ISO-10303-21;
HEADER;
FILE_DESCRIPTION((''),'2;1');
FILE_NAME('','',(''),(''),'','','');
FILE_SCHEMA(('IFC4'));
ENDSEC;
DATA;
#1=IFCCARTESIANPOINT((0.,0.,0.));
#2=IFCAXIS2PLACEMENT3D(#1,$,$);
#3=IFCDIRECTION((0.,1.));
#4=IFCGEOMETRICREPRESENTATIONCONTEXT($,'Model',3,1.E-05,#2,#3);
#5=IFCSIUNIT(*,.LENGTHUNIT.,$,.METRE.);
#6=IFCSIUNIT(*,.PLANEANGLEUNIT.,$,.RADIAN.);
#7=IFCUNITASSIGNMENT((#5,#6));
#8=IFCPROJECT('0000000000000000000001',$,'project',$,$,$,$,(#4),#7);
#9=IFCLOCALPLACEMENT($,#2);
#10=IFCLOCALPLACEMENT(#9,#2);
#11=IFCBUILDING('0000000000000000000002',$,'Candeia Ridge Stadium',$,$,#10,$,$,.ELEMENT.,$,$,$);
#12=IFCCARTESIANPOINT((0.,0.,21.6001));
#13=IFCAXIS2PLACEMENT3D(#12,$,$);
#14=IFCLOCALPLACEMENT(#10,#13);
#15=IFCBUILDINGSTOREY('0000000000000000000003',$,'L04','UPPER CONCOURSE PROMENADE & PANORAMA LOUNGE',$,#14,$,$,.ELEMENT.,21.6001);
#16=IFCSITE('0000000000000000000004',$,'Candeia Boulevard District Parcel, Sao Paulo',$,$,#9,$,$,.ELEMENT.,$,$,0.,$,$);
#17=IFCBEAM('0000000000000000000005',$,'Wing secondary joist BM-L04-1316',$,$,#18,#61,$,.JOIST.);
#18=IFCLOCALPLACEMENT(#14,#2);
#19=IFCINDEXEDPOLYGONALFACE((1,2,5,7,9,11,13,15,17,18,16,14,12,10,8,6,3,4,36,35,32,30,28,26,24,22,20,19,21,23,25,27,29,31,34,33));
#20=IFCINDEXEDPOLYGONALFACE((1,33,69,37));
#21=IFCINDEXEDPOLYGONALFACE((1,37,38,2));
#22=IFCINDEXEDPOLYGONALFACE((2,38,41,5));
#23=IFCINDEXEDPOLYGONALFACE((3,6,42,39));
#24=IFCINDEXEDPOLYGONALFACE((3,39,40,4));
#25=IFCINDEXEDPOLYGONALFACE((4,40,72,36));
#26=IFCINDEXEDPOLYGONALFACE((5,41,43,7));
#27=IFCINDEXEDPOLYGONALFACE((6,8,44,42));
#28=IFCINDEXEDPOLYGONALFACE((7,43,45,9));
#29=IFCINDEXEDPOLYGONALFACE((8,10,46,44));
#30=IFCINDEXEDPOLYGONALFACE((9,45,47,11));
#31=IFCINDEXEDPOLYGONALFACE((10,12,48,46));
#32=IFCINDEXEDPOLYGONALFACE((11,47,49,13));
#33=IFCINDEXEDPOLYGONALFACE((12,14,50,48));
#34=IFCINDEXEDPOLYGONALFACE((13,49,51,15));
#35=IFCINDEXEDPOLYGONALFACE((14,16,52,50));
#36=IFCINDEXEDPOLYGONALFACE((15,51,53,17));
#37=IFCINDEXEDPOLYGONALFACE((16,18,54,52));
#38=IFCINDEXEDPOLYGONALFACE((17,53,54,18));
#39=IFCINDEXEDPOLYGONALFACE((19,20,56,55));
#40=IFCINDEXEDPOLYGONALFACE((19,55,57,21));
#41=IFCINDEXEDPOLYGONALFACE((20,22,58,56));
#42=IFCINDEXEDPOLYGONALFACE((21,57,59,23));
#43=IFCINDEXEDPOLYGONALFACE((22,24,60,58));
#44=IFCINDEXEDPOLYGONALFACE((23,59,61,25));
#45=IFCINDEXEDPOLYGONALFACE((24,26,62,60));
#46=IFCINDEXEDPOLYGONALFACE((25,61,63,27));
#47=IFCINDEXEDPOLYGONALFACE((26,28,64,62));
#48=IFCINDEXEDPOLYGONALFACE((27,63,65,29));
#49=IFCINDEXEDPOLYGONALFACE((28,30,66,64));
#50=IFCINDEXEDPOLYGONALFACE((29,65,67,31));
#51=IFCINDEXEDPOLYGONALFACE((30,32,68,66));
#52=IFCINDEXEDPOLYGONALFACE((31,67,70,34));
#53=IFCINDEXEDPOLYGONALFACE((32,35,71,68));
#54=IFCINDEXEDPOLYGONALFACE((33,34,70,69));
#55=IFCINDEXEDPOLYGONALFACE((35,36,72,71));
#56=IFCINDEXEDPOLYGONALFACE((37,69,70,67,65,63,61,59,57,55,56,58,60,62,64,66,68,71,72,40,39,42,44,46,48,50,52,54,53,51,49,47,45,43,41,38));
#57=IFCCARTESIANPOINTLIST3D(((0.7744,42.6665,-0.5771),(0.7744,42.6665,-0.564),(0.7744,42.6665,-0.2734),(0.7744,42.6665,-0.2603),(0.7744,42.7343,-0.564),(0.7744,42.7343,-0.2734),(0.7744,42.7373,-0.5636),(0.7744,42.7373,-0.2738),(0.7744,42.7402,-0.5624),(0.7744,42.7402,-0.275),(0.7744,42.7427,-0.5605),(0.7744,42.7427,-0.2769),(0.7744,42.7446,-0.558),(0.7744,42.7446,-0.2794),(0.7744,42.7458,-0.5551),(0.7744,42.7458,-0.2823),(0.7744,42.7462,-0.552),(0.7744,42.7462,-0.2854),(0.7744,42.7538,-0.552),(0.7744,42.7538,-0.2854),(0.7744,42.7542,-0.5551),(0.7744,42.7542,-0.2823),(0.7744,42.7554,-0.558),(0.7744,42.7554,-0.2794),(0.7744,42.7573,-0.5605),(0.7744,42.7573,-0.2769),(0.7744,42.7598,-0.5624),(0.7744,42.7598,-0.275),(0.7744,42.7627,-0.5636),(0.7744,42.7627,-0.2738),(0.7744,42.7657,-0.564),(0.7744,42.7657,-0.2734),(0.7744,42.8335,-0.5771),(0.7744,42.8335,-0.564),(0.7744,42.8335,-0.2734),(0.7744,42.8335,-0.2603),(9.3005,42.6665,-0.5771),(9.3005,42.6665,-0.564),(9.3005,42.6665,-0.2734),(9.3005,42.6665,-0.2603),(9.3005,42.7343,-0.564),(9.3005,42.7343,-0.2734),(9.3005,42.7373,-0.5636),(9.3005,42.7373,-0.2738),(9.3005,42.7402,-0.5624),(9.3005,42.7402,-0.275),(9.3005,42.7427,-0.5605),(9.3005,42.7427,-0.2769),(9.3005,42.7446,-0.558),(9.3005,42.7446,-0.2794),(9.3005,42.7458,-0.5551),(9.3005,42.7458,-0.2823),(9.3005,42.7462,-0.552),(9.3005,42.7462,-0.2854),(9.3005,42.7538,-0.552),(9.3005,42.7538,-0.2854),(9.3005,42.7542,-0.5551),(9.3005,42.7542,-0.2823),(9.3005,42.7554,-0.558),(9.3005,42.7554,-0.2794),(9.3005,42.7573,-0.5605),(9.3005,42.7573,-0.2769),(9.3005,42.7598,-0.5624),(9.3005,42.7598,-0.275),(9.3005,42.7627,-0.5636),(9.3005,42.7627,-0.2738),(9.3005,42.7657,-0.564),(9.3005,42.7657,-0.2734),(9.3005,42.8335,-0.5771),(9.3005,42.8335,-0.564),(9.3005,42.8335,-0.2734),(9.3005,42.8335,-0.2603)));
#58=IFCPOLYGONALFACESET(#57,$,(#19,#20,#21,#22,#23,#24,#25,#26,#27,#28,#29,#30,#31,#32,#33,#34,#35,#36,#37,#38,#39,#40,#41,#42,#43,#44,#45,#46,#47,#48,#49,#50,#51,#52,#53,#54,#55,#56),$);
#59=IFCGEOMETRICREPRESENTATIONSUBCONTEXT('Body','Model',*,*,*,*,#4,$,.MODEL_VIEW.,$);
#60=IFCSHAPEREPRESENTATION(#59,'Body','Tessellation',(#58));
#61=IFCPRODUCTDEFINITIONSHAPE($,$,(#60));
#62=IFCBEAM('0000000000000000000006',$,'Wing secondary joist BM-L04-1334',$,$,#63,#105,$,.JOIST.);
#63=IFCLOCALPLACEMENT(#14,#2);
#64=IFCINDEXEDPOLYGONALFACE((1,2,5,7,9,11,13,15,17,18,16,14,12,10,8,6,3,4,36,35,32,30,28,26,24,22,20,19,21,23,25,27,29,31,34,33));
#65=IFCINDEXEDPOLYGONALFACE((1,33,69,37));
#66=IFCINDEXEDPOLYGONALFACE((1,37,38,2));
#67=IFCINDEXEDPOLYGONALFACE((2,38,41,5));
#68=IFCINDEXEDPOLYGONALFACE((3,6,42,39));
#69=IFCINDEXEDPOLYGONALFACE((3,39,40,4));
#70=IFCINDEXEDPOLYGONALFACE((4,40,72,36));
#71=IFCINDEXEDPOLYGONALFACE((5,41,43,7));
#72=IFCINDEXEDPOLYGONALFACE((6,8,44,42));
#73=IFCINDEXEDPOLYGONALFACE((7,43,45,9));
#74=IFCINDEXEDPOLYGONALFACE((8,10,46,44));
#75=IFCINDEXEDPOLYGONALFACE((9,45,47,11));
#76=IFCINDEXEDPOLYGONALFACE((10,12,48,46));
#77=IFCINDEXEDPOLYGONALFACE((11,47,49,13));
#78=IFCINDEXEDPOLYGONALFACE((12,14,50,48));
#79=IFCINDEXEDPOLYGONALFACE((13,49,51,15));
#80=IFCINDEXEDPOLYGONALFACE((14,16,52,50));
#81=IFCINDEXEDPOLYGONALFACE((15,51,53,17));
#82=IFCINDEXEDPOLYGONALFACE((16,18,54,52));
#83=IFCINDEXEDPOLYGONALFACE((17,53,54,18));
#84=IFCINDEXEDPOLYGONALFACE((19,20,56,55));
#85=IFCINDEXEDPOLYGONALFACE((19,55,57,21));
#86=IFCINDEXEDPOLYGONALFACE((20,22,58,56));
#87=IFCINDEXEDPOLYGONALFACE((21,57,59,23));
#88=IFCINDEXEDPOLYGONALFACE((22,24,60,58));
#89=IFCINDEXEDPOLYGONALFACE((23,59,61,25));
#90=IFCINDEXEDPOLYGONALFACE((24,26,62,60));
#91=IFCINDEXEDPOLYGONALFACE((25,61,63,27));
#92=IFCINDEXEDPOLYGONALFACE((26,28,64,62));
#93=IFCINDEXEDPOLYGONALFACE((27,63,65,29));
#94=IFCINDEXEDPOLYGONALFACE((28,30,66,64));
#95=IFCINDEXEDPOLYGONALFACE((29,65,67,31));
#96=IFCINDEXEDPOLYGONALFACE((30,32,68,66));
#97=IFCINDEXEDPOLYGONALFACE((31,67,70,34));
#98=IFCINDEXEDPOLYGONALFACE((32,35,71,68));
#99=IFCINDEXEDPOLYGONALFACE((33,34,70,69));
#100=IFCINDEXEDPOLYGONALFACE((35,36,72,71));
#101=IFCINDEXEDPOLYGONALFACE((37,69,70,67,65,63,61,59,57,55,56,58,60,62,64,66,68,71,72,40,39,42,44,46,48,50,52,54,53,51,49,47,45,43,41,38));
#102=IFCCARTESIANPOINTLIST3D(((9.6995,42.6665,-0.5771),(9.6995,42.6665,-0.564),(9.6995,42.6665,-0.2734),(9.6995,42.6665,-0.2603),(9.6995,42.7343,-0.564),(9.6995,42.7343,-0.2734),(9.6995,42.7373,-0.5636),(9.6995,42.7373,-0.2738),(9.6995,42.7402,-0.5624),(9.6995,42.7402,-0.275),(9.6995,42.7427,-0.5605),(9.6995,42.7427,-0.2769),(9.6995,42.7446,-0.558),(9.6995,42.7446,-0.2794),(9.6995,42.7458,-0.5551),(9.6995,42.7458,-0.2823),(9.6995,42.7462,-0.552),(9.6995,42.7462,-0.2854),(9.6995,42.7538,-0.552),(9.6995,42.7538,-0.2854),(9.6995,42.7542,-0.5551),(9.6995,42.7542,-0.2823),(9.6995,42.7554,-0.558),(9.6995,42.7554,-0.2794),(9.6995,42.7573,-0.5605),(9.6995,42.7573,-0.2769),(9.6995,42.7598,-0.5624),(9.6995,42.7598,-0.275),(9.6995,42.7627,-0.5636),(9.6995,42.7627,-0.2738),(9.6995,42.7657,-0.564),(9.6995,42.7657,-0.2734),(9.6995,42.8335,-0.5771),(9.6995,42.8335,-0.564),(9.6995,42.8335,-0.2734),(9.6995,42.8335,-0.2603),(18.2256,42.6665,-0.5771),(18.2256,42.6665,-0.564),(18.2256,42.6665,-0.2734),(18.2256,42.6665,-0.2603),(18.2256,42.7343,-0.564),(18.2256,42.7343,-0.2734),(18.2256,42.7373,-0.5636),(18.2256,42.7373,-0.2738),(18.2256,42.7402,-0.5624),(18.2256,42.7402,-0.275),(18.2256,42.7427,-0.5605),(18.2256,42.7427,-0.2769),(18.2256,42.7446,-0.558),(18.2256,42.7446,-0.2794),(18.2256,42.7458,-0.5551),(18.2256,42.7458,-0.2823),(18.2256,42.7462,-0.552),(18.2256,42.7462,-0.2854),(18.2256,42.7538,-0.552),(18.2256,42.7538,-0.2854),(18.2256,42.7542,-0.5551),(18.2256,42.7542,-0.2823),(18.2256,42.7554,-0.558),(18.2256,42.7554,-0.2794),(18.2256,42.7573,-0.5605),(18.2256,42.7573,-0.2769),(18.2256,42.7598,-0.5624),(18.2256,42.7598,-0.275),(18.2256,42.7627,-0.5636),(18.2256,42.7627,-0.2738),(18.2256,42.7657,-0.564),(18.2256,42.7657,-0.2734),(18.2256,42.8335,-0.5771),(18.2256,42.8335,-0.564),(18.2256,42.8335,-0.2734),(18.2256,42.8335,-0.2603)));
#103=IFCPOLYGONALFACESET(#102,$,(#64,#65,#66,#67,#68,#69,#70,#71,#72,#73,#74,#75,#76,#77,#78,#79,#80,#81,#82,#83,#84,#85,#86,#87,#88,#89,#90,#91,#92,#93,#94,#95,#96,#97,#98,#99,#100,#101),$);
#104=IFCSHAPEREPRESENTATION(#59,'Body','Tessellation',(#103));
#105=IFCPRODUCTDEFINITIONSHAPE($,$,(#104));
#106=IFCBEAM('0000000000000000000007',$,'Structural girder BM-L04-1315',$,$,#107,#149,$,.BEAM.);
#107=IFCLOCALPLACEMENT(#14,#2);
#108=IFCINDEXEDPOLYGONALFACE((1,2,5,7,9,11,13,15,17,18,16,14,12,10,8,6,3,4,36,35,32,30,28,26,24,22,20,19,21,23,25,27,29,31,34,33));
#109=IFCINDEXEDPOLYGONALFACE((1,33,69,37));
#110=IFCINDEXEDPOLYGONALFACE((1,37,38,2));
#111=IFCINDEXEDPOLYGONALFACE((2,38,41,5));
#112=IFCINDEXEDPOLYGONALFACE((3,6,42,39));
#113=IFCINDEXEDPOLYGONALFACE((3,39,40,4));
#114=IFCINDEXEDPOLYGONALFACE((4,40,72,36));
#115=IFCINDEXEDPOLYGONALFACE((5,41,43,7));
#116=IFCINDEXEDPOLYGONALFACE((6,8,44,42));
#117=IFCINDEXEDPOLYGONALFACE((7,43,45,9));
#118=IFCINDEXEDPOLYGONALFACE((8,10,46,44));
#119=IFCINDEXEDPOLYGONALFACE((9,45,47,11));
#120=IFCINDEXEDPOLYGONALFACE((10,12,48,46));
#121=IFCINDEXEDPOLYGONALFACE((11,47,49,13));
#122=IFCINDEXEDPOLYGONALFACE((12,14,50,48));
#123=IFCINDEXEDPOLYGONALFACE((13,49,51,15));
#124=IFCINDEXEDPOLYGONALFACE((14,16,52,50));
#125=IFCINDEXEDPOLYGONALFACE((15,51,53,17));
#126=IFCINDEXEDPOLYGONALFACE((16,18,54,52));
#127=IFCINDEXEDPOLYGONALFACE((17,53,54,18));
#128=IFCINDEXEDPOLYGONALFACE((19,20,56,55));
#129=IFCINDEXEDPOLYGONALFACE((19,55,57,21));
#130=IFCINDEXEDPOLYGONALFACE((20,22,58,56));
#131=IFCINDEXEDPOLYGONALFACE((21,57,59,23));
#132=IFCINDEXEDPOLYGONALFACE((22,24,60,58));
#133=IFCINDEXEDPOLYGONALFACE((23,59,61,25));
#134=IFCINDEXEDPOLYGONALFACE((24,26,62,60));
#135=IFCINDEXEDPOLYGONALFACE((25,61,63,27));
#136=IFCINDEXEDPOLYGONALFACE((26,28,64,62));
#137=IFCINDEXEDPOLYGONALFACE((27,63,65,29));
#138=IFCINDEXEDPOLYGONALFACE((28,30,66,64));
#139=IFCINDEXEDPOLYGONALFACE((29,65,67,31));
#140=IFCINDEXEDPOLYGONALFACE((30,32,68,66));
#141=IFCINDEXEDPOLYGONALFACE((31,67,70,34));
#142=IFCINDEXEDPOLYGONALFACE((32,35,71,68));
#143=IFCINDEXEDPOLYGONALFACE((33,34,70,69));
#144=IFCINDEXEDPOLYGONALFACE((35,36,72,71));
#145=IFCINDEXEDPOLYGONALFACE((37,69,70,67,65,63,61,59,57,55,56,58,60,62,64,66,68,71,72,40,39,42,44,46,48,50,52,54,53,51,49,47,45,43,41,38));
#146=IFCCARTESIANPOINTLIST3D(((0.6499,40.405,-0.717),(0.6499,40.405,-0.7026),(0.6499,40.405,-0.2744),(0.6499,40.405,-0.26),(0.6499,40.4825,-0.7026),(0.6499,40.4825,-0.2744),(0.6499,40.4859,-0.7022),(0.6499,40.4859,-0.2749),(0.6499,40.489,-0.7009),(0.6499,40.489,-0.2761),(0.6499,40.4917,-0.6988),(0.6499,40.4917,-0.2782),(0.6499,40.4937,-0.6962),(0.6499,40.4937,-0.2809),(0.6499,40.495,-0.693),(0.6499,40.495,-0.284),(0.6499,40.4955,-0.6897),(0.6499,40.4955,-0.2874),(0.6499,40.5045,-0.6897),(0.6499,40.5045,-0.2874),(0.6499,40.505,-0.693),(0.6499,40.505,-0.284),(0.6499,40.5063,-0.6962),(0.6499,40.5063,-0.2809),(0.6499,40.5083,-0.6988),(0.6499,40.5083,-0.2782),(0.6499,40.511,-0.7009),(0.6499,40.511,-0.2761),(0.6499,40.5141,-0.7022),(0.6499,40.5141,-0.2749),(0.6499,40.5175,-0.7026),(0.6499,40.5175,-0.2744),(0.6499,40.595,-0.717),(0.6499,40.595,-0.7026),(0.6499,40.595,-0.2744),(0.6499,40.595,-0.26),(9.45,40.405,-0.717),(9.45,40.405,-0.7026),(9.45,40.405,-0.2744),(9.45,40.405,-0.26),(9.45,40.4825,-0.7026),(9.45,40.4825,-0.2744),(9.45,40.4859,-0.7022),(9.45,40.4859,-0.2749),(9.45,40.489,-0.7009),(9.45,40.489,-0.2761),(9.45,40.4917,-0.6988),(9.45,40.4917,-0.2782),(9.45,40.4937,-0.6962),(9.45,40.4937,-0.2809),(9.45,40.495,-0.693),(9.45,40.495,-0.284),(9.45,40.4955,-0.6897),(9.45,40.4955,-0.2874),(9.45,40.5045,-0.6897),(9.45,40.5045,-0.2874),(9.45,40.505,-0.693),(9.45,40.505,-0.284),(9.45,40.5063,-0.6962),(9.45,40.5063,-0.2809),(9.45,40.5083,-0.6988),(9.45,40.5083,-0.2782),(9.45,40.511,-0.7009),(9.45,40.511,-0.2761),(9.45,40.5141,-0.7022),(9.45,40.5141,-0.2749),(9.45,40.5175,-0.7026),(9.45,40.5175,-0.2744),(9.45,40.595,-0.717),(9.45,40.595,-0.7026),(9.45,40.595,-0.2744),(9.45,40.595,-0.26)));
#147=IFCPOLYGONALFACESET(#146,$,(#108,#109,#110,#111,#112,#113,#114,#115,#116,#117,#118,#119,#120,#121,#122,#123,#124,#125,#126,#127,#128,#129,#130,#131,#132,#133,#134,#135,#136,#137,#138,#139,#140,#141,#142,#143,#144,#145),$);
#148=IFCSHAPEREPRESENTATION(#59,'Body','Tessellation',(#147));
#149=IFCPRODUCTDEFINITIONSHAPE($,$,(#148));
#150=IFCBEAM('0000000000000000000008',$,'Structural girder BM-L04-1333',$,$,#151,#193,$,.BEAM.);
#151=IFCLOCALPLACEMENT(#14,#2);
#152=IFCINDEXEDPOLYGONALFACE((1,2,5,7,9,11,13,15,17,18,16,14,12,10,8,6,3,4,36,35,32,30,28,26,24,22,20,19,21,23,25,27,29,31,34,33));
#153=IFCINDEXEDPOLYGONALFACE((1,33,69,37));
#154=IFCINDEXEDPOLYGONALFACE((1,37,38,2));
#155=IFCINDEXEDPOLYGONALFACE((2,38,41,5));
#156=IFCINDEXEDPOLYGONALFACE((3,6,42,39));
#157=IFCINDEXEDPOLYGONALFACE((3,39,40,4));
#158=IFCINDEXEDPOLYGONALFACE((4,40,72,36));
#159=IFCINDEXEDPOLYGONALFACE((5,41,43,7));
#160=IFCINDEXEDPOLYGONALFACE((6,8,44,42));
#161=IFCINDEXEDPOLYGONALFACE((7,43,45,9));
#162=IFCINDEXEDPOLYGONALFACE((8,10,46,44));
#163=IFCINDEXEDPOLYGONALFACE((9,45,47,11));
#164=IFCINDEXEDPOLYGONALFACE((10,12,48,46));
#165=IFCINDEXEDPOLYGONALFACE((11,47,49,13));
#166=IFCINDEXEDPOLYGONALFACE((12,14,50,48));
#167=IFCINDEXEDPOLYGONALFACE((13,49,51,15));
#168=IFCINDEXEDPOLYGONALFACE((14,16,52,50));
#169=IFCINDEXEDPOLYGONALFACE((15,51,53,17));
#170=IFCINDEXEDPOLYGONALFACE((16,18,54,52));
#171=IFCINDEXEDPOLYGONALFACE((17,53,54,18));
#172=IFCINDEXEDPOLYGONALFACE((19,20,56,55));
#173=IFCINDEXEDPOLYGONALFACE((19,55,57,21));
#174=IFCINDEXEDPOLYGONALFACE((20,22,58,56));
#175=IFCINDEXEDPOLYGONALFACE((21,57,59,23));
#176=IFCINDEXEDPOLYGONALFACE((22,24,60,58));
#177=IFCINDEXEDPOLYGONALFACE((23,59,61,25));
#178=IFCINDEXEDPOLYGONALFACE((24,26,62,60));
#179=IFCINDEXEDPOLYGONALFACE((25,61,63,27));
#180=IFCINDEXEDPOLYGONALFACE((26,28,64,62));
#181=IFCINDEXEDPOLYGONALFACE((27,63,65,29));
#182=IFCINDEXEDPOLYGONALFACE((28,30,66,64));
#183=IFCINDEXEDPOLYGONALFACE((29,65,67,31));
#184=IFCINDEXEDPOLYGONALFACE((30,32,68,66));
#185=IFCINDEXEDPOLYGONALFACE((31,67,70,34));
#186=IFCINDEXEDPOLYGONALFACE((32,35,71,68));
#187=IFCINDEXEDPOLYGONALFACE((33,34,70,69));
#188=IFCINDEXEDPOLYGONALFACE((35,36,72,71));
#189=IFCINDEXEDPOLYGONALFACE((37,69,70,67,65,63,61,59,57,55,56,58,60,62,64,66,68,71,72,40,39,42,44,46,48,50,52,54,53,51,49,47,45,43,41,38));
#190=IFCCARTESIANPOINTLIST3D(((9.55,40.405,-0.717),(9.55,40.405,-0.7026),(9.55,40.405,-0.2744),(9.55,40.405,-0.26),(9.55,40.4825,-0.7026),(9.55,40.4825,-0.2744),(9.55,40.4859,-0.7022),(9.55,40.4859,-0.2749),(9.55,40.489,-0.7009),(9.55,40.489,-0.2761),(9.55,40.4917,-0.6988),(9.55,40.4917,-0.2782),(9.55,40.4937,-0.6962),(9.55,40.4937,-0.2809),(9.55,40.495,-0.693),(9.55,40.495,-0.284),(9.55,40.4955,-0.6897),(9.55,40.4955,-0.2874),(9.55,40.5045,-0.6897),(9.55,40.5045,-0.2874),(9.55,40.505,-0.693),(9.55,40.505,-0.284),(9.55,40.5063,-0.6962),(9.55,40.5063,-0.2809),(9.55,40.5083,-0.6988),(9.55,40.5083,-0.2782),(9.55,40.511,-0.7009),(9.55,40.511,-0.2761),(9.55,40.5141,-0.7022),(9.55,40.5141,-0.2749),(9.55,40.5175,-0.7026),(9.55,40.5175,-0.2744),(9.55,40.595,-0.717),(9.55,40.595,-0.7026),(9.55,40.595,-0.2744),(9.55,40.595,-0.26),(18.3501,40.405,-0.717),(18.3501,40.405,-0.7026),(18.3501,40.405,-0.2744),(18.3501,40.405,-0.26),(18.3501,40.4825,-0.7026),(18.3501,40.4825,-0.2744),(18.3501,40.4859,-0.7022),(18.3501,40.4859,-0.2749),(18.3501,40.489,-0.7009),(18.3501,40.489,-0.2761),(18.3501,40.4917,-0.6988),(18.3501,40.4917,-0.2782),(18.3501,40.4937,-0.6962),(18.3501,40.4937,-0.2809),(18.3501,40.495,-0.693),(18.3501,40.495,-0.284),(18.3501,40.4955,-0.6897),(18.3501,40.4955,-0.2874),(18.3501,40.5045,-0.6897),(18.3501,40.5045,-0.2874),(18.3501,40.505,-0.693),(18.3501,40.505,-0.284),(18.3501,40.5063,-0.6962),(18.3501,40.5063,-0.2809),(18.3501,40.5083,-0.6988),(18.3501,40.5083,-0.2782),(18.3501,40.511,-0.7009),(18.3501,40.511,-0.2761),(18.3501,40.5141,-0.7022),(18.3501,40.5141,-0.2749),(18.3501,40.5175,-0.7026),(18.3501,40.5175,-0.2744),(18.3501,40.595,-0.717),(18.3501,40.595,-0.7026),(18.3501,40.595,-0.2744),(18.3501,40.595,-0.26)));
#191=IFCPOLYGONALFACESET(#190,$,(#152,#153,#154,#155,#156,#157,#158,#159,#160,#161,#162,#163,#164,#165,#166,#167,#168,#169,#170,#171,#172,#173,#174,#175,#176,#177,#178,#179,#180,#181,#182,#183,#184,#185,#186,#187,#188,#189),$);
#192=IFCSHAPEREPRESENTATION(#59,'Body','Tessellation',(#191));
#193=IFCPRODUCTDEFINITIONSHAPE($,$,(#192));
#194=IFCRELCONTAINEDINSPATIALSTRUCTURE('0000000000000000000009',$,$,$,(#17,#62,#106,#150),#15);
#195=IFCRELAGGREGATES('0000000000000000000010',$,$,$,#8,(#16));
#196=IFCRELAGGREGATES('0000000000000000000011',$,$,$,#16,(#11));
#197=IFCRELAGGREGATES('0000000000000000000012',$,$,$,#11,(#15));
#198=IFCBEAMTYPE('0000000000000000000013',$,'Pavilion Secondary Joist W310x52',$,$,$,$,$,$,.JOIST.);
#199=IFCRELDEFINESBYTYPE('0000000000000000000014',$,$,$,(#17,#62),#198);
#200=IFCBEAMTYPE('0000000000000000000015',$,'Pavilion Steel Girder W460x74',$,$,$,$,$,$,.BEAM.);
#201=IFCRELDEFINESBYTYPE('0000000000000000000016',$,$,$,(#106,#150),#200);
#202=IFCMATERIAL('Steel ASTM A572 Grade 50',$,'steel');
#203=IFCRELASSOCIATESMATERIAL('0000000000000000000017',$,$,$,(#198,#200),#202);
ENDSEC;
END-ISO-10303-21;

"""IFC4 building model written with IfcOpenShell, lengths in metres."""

from ifc_helpers import new_model, si_unit, direction, frame, origin, origin_2d, place, context, subcontext, project, spatial, i_section, extrude, material, material_profile, profile_set, type_object, element, save


model = new_model("IFC4")

# Units and contexts
model_context = context("Model", 3, precision=1e-05, world=origin(), true_north=direction((0.0, 1.0)))
body_context = subcontext(model_context, "Body", "Model", "MODEL_VIEW")
ifc_project = project(units=[si_unit("LENGTHUNIT", "METRE"), si_unit("PLANEANGLEUNIT", "RADIAN")], contexts=[model_context])

# Site, building, storey
site_placement = place(None, origin())
site = spatial("IfcSite", under=ifc_project, at=site_placement, Name="Candeia Boulevard District Parcel, Sao Paulo", CompositionType="ELEMENT", RefElevation=0.0)
building_placement = place(site_placement, origin())
building = spatial("IfcBuilding", under=site, at=building_placement, Name="Candeia Ridge Stadium", CompositionType="ELEMENT")
storey_placement = place(building_placement, frame((0.0, 0.0, 21.6001)))
storey = spatial("IfcBuildingStorey", under=building, at=storey_placement, Name="L04", Description="UPPER CONCOURSE PROMENADE & PANORAMA LOUNGE", CompositionType="ELEMENT", Elevation=21.6001)

# Beams
ifc_material_1 = material(Name="Steel ASTM A572 Grade 50", Category="steel")
ifc_material_profile_1 = material_profile(ifc_material_1, i_section(OverallWidth=0.167, OverallDepth=0.3169, WebThickness=0.0076, FlangeThickness=0.0132, FilletRadius=0.012, at=origin_2d()), Name="W310x52", Category="steel")
ifc_profile_set_1 = profile_set([ifc_material_profile_1], Name="Steel ASTM A572 Grade 50")
beam_type_1 = type_object("IfcBeamType", Name="Pavilion Secondary Joist W310x52", PredefinedType="JOIST", material=ifc_profile_set_1)
for number, where, z_axis, x_axis, name in (
    (1, (0.7744, 42.75, -0.4187), (1.0, 0.0, 0.0), (0.0, 1.0, 0.0), "Wing secondary joist BM-L04-1316"),
    (2, (9.6995, 42.75, -0.4187), (1.0, 0.0, 0.0), (0.0, 1.0, 0.0), "Wing secondary joist BM-L04-1334"),
):
    element("IfcBeam", number, at=place(storey_placement, frame(where, z_axis=z_axis, x_axis=x_axis)), inside=storey, type_object=beam_type_1, Name=name, PredefinedType="JOIST", context=body_context, shape_type="SweptSolid", body=[
        extrude(i_section(OverallWidth=0.167, OverallDepth=0.3169, WebThickness=0.0076, FlangeThickness=0.0132, FilletRadius=0.012, at=origin_2d()), origin(), (0.0, 0.0, 1.0), 8.5261),
    ])
ifc_material_profile_2 = material_profile(ifc_material_1, i_section(OverallWidth=0.1899, OverallDepth=0.457, WebThickness=0.009, FlangeThickness=0.0144, FilletRadius=0.0129, at=origin_2d()), Name="W460x74", Category="steel")
ifc_profile_set_2 = profile_set([ifc_material_profile_2], Name="Steel ASTM A572 Grade 50")
beam_type_2 = type_object("IfcBeamType", Name="Pavilion Steel Girder W460x74", PredefinedType="BEAM", material=ifc_profile_set_2)
for number, where, z_axis, x_axis, name in (
    (3, (0.6499, 40.5, -0.4885), (1.0, 0.0, 0.0), (0.0, 1.0, 0.0), "Structural girder BM-L04-1315"),
    (4, (9.55, 40.5, -0.4885), (1.0, 0.0, 0.0), (0.0, 1.0, 0.0), "Structural girder BM-L04-1333"),
):
    element("IfcBeam", number, at=place(storey_placement, frame(where, z_axis=z_axis, x_axis=x_axis)), inside=storey, type_object=beam_type_2, Name=name, PredefinedType="BEAM", context=body_context, shape_type="SweptSolid", body=[
        extrude(i_section(OverallWidth=0.1899, OverallDepth=0.457, WebThickness=0.009, FlangeThickness=0.0144, FilletRadius=0.0129, at=origin_2d()), origin(), (0.0, 0.0, 1.0), 8.8),
    ])

save(model, "model.ifc")
